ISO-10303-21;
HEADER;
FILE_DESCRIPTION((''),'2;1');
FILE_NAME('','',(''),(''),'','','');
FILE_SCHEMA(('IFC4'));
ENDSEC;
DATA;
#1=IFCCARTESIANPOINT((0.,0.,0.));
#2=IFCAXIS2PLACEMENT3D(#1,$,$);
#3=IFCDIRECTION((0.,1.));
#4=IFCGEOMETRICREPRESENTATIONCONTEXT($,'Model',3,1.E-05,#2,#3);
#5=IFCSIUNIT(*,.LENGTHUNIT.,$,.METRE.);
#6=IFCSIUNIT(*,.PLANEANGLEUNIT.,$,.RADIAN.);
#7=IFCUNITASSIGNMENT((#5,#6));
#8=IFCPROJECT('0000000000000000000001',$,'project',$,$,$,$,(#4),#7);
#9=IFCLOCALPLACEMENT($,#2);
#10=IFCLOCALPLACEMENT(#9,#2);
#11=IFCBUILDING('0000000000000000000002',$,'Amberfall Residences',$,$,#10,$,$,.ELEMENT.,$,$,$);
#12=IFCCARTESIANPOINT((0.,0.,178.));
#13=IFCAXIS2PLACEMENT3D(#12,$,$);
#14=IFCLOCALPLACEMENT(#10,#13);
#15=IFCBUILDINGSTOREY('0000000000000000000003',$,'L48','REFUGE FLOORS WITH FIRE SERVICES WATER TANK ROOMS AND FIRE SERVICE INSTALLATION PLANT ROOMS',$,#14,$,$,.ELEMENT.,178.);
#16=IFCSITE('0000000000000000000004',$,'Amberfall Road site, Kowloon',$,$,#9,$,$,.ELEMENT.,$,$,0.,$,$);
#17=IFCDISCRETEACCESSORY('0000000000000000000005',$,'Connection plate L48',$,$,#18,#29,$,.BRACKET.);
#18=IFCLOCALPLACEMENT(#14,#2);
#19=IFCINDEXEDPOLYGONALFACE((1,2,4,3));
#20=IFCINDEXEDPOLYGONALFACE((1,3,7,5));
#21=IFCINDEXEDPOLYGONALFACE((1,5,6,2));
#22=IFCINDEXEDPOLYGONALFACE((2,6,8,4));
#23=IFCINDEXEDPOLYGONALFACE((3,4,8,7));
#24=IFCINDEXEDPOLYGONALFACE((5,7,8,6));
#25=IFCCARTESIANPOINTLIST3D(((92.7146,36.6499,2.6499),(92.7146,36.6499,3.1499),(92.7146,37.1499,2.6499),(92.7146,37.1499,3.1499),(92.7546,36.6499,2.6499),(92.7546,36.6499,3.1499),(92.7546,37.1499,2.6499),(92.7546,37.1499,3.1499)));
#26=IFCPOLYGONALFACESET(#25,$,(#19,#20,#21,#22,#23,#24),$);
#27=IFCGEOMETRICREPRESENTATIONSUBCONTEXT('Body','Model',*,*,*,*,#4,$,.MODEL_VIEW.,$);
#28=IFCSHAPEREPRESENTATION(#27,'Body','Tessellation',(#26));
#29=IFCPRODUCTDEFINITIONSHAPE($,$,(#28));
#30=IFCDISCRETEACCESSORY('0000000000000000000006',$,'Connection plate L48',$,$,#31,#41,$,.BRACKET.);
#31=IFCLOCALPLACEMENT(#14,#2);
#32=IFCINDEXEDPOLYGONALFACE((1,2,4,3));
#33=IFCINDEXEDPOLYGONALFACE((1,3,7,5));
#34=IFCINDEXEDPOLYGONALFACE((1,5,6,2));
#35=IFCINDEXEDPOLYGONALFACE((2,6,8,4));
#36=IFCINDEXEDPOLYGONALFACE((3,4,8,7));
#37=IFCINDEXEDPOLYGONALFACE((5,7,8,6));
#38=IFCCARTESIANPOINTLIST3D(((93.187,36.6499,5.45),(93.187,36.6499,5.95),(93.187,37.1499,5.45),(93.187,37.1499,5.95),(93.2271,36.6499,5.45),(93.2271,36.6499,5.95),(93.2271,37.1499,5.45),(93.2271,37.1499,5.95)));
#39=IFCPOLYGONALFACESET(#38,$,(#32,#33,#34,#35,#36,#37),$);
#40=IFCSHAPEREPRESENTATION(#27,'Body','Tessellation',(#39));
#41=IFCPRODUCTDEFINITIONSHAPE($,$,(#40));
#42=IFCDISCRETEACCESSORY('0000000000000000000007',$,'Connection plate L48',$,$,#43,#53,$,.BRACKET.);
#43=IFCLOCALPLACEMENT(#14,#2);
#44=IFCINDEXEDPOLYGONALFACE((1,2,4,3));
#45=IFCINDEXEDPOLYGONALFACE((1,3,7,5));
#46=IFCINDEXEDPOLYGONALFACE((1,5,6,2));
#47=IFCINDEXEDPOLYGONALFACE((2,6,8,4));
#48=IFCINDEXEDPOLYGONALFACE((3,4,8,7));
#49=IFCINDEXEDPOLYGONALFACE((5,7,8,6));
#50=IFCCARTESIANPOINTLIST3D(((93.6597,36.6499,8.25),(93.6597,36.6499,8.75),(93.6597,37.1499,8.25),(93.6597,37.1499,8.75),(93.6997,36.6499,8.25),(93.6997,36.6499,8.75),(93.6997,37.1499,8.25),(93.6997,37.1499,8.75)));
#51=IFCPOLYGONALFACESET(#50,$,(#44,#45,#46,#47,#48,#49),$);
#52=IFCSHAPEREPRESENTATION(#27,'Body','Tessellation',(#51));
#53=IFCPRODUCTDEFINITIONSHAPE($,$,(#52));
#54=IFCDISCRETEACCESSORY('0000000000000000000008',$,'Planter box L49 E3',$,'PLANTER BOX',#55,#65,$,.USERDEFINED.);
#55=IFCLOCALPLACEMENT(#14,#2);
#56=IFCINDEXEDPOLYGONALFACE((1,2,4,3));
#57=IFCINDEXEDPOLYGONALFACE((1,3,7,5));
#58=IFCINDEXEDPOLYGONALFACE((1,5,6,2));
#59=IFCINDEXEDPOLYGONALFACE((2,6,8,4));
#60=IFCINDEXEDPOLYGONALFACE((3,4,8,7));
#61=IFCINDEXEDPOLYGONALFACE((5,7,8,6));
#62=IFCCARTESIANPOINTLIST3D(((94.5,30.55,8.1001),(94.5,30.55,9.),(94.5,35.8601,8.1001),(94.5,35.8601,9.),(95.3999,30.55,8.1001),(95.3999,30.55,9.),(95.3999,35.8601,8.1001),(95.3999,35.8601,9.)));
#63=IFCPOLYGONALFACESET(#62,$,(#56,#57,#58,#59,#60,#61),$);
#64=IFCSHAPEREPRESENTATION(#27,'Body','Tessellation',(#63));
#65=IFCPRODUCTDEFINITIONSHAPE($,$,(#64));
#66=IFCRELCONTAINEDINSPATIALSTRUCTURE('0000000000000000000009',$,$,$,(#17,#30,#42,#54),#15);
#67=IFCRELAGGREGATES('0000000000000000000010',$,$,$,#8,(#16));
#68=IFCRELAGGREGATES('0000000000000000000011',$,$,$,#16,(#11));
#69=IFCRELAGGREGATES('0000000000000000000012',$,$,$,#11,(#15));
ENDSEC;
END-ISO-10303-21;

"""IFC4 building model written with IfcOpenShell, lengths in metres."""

from ifc_helpers import new_model, si_unit, direction, frame, origin, origin_2d, place, context, subcontext, project, spatial, rectangle, extrude, element, save


model = new_model("IFC4")

# Units and contexts
model_context = context("Model", 3, precision=1e-05, world=origin(), true_north=direction((0.0, 1.0)))
body_context = subcontext(model_context, "Body", "Model", "MODEL_VIEW")
ifc_project = project(units=[si_unit("LENGTHUNIT", "METRE"), si_unit("PLANEANGLEUNIT", "RADIAN")], contexts=[model_context])

# Site, building, storey
site_placement = place(None, origin())
site = spatial("IfcSite", under=ifc_project, at=site_placement, Name="Amberfall Road site, Kowloon", CompositionType="ELEMENT", RefElevation=0.0)
building_placement = place(site_placement, origin())
building = spatial("IfcBuilding", under=site, at=building_placement, Name="Amberfall Residences", CompositionType="ELEMENT")
storey_placement = place(building_placement, frame((0.0, 0.0, 178.0)))
storey = spatial("IfcBuildingStorey", under=building, at=storey_placement, Name="L48", Description="REFUGE FLOORS WITH FIRE SERVICES WATER TANK ROOMS AND FIRE SERVICE INSTALLATION PLANT ROOMS", CompositionType="ELEMENT", Elevation=178.0)

# Discrete accessories
for number, where, z_axis, x_axis, name in (
    (1, (92.7346, 36.8999, 2.6499), (0.0, 0.0, 1.0), (0.0, 1.0, 0.0), "Connection plate L48"),
    (2, (93.207, 36.8999, 5.45), (0.0, 0.0, 1.0), (0.0, 1.0, 0.0), "Connection plate L48"),
    (3, (93.6797, 36.8999, 8.25), (0.0, 0.0, 1.0), (0.0, 1.0, 0.0), "Connection plate L48"),
):
    element("IfcDiscreteAccessory", number, at=place(storey_placement, frame(where, z_axis=z_axis, x_axis=x_axis)), inside=storey, Name=name, PredefinedType="BRACKET", context=body_context, shape_type="SweptSolid", body=[
        extrude(rectangle(XDim=0.5, YDim=0.04, at=origin_2d()), origin(), (0.0, 0.0, 1.0), 0.5),
    ])
discrete_accessory_1_placement = place(storey_placement, frame((94.95, 33.2051, 8.1001), z_axis=(0.0, 0.0, 1.0), x_axis=(0.0, 1.0, 0.0)))
element("IfcDiscreteAccessory", 4, at=discrete_accessory_1_placement, inside=storey, Name="Planter box L49 E3", ObjectType="PLANTER BOX", PredefinedType="USERDEFINED", context=body_context, shape_type="SweptSolid", body=[
    extrude(rectangle(XDim=5.3101, YDim=0.8999, at=origin_2d()), origin(), (0.0, 0.0, 1.0), 0.8999),
])

save(model, "model.ifc")
